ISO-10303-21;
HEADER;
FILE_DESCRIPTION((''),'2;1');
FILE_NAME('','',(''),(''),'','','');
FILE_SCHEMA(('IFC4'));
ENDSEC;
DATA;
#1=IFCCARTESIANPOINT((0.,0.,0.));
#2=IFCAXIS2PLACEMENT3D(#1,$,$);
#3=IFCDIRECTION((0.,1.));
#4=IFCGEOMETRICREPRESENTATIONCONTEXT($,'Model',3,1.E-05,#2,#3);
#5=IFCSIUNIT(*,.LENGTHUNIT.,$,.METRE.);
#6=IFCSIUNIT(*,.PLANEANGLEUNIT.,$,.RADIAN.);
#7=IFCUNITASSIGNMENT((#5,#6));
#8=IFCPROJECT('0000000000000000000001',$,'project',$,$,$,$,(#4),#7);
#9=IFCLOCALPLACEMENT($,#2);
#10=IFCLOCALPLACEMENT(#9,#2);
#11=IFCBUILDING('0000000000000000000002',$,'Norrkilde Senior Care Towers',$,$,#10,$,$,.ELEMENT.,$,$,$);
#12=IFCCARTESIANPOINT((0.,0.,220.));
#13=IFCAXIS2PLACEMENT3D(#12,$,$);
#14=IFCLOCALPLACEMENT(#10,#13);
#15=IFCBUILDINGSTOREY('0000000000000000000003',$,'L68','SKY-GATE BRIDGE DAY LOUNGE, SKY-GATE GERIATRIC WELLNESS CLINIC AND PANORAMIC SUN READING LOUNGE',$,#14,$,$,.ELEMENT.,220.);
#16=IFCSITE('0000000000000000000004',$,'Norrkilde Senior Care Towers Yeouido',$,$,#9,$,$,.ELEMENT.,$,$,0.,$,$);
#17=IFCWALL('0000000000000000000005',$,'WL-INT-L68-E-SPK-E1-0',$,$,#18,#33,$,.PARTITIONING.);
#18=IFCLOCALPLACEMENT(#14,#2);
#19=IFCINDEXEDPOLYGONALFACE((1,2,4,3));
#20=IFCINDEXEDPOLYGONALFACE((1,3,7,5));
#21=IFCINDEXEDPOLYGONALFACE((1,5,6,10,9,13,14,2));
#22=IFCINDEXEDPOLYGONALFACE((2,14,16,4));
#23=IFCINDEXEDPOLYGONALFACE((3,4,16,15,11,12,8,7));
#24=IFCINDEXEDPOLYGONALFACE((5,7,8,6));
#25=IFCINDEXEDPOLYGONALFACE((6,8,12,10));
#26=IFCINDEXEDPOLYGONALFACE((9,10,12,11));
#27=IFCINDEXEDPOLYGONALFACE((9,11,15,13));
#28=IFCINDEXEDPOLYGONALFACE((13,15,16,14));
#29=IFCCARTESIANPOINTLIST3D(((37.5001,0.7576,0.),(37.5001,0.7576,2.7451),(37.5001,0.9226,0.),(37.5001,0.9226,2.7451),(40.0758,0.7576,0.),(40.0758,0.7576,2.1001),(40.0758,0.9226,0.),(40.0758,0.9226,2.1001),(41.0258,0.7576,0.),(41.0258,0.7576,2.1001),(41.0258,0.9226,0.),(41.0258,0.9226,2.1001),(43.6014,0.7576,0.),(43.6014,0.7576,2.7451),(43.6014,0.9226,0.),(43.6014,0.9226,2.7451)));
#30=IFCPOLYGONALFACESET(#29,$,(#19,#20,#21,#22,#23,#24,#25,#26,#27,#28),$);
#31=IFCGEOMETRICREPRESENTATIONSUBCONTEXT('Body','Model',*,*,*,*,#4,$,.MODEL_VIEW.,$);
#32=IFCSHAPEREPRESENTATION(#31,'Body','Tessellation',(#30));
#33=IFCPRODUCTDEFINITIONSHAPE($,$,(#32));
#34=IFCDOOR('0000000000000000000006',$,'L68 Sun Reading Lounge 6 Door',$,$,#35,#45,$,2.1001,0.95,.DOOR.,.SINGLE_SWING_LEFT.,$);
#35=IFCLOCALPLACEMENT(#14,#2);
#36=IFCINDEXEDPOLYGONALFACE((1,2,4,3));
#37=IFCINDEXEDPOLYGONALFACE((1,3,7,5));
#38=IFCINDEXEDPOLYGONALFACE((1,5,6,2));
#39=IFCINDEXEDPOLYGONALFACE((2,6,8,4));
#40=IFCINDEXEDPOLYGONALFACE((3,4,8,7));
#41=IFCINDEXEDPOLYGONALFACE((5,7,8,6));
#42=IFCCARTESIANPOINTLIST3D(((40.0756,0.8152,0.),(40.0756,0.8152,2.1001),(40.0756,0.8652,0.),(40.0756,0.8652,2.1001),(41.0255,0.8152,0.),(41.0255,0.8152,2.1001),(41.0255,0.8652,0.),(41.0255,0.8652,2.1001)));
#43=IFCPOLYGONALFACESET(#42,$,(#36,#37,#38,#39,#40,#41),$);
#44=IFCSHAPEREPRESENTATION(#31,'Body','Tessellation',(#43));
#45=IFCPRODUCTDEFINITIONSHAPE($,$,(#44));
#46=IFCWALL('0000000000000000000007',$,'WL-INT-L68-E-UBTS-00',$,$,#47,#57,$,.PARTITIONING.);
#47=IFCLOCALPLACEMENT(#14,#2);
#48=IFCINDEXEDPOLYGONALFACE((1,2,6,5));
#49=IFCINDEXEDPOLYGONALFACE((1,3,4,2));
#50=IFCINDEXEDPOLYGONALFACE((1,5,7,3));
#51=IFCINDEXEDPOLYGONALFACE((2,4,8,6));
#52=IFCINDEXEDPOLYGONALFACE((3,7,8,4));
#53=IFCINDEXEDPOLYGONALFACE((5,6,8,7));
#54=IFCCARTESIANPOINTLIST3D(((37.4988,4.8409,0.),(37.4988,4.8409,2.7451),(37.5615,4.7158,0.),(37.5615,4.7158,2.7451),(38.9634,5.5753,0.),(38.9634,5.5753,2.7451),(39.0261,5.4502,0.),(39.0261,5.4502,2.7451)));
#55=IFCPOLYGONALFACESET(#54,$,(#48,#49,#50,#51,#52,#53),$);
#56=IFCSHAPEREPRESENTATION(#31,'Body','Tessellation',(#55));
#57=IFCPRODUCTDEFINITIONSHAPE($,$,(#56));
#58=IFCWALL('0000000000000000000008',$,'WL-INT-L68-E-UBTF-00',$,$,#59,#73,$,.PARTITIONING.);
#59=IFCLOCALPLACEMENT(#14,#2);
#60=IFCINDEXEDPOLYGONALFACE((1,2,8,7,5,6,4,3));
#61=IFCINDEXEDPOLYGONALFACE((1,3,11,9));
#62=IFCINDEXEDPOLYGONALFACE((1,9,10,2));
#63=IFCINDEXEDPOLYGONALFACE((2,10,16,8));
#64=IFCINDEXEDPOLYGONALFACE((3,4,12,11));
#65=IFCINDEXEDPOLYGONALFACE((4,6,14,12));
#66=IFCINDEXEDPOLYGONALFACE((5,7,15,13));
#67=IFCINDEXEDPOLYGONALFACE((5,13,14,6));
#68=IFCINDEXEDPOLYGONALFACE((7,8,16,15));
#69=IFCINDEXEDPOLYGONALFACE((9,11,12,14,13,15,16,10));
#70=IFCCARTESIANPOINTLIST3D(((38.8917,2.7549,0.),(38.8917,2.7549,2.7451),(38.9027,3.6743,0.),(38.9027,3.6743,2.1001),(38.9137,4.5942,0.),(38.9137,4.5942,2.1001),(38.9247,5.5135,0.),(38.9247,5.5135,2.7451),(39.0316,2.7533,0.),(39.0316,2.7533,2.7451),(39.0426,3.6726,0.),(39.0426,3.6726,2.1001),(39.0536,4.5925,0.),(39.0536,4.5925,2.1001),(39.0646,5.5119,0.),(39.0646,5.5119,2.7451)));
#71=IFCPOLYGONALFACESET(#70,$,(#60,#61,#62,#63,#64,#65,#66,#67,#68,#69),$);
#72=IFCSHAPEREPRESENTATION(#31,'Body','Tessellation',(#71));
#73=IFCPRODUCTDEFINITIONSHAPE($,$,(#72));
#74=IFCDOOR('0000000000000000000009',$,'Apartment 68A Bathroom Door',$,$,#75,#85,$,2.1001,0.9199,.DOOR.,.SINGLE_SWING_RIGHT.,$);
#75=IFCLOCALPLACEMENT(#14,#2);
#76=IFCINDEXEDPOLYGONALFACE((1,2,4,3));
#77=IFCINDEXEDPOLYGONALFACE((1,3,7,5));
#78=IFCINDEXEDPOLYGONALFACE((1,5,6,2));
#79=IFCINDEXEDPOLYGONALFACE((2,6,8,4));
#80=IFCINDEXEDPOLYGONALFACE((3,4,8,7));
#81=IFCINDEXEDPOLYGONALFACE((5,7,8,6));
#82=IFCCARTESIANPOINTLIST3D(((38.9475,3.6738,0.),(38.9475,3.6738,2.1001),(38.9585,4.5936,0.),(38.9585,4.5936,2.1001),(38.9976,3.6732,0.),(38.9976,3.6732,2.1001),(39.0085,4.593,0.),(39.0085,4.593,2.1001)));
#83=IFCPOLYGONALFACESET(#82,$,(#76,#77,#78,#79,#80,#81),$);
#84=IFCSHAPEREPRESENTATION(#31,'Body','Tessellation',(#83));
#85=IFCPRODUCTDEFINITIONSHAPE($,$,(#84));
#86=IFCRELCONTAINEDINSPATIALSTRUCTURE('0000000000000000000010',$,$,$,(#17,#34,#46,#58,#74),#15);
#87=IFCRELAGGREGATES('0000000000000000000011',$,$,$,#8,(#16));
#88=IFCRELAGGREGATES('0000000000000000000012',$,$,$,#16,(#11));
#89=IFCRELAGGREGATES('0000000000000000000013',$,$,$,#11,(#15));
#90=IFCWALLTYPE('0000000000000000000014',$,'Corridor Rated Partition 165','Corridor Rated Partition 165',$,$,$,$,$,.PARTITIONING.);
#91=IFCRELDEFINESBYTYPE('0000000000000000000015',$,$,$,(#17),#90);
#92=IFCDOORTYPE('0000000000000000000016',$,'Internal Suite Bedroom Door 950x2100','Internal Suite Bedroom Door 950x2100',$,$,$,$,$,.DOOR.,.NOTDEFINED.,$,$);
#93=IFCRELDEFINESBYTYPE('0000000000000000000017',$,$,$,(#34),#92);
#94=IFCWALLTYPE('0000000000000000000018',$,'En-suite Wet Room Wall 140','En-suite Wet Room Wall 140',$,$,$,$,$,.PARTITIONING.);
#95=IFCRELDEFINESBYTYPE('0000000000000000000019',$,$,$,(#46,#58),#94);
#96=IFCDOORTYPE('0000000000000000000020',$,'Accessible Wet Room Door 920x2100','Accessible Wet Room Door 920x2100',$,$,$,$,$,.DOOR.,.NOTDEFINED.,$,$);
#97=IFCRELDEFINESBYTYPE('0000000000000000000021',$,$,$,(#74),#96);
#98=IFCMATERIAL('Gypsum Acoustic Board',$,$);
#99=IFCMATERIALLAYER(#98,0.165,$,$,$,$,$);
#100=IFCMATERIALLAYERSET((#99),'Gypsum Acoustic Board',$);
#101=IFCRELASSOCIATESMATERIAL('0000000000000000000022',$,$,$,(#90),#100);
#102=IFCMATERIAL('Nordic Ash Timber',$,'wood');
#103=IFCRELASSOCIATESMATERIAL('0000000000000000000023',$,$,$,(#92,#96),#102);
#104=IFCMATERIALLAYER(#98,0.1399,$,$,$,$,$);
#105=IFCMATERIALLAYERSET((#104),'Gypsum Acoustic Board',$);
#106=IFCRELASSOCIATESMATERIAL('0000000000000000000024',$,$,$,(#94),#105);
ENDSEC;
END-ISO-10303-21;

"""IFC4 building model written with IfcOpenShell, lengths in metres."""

from ifc_helpers import new_model, si_unit, direction, frame, frame_2d, origin, place, context, subcontext, project, spatial, rectangle, extrude, source, transform, mapped, material, layer, layer_set, type_object, type_shapes, element, fill, save


model = new_model("IFC4")

# Units and contexts
model_context = context("Model", 3, precision=1e-05, world=origin(), true_north=direction((0.0, 1.0)))
body_context = subcontext(model_context, "Body", "Model", "MODEL_VIEW")
ifc_project = project(units=[si_unit("LENGTHUNIT", "METRE"), si_unit("PLANEANGLEUNIT", "RADIAN")], contexts=[model_context])

# Site, building, storey
site_placement = place(None, origin())
site = spatial("IfcSite", under=ifc_project, at=site_placement, Name="Norrkilde Senior Care Towers Yeouido", CompositionType="ELEMENT", RefElevation=0.0)
building_placement = place(site_placement, origin())
building = spatial("IfcBuilding", under=site, at=building_placement, Name="Norrkilde Senior Care Towers", CompositionType="ELEMENT")
storey_placement = place(building_placement, frame((0.0, 0.0, 220.0)))
storey = spatial("IfcBuildingStorey", under=building, at=storey_placement, Name="L68", Description="SKY-GATE BRIDGE DAY LOUNGE, SKY-GATE GERIATRIC WELLNESS CLINIC AND PANORAMIC SUN READING LOUNGE", CompositionType="ELEMENT", Elevation=220.0)

# Shared definitions
ifc_material_1 = material(Name="Gypsum Acoustic Board")
ifc_layer_1 = layer(ifc_material_1, 0.165)
ifc_layer_set_1 = layer_set([ifc_layer_1], Name="Gypsum Acoustic Board")
wall_type_1 = type_object("IfcWallType", Name="Corridor Rated Partition 165", Description="Corridor Rated Partition 165", PredefinedType="PARTITIONING", material=ifc_layer_set_1)

# Wall, opening, door
shared_shape_1 = source(origin(), body_context, "Body", "SweptSolid", [
    extrude(rectangle(XDim=6.1013, YDim=0.165, at=frame_2d((3.0508, 0.0))), origin(), (0.0, 0.0, 1.0), 2.7451),
])
wall_1_placement = place(storey_placement, frame((37.5, 0.8401, 0.0), z_axis=(0.0, 0.0, 1.0), x_axis=(1.0, 0.0, 0.0)))
wall_1 = element("IfcWall", 1, at=wall_1_placement, inside=storey, type_object=wall_type_1, Name="WL-INT-L68-E-SPK-E1-0", PredefinedType="PARTITIONING", context=body_context, shape_type="MappedRepresentation", body=[
    mapped(shared_shape_1, transform((0.0, 0.0, 0.0), x_axis=(1.0, 0.0, 0.0), y_axis=(0.0, 1.0, 0.0), z_axis=(0.0, 0.0, 1.0), scale=1.0)),
])
opening_1_placement = place(wall_1_placement, frame((2.5757, 0.0, 0.0)))
opening_1 = element("IfcOpeningElement", 2, at=opening_1_placement, cuts=wall_1, PredefinedType="OPENING", context=body_context, shape_type="SweptSolid", body=[
    extrude(rectangle(XDim=0.95, YDim=2.1001, at=frame_2d((0.4751, 1.05))), frame((0.0, 0.0925, 0.0), z_axis=(0.0, -1.0, 0.0), x_axis=(1.0, 0.0, 0.0)), (0.0, 0.0, 1.0), 0.1851),
])
ifc_material_2 = material(Name="Nordic Ash Timber", Category="wood")
door_type_1 = type_object("IfcDoorType", Name="Internal Suite Bedroom Door 950x2100", Description="Internal Suite Bedroom Door 950x2100", OperationType="NOTDEFINED", PredefinedType="DOOR", material=ifc_material_2)
shared_shape_2 = source(origin(), body_context, "Body", "SweptSolid", [
    extrude(rectangle(XDim=0.95, YDim=2.1001, at=frame_2d((0.4751, 1.05))), frame((0.0, 0.0249, 0.0), z_axis=(0.0, -1.0, 0.0), x_axis=(1.0, 0.0, 0.0)), (0.0, 0.0, 1.0), 0.05),
])
type_shapes(door_type_1, [shared_shape_2])
door_1_placement = place(opening_1_placement, frame((0.95, 0.0, 0.0), z_axis=(0.0, 0.0, 1.0), x_axis=(-1.0, 0.0, 0.0)))
door_1 = element("IfcDoor", 3, at=door_1_placement, inside=storey, type_object=door_type_1, Name="L68 Sun Reading Lounge 6 Door", OperationType="SINGLE_SWING_LEFT", OverallHeight=2.1001, OverallWidth=0.95, PredefinedType="DOOR", context=body_context, shape_type="MappedRepresentation", body=[
    mapped(shared_shape_2, transform((0.0, 0.0, 0.0), x_axis=(1.0, 0.0, 0.0), y_axis=(0.0, 1.0, 0.0), z_axis=(0.0, 0.0, 1.0), scale=1.0)),
])
fill(opening_1, door_1)

# Wall
ifc_layer_2 = layer(ifc_material_1, 0.1399)
ifc_layer_set_2 = layer_set([ifc_layer_2], Name="Gypsum Acoustic Board")
wall_type_2 = type_object("IfcWallType", Name="En-suite Wet Room Wall 140", Description="En-suite Wet Room Wall 140", PredefinedType="PARTITIONING", material=ifc_layer_set_2)
shared_shape_3 = source(origin(), body_context, "Body", "SweptSolid", [
    extrude(rectangle(XDim=1.6384, YDim=0.1399, at=frame_2d((0.8193, 0.0))), origin(), (0.0, 0.0, 1.0), 2.7451),
])
wall_2_placement = place(storey_placement, frame((37.53, 4.7783, 0.0), z_axis=(0.0, 0.0, 1.0), x_axis=(0.89392, 0.448227, 0.0)))
element("IfcWall", 4, at=wall_2_placement, inside=storey, type_object=wall_type_2, Name="WL-INT-L68-E-UBTS-00", PredefinedType="PARTITIONING", context=body_context, shape_type="MappedRepresentation", body=[
    mapped(shared_shape_3, transform((0.0, 0.0, 0.0), x_axis=(1.0, 0.0, 0.0), y_axis=(0.0, 1.0, 0.0), z_axis=(0.0, 0.0, 1.0), scale=1.0)),
])

# Wall, opening, door
shared_shape_4 = source(origin(), body_context, "Body", "SweptSolid", [
    extrude(rectangle(XDim=2.7588, YDim=0.1399, at=frame_2d((1.3794, 0.0))), origin(), (0.0, 0.0, 1.0), 2.7451),
])
type_shapes(wall_type_2, [shared_shape_3, shared_shape_4])
wall_3_placement = place(storey_placement, frame((38.9946, 5.5127, 0.0), z_axis=(0.0, 0.0, 1.0), x_axis=(-0.011947, -0.999929, 0.0)))
wall_3 = element("IfcWall", 5, at=wall_3_placement, inside=storey, type_object=wall_type_2, Name="WL-INT-L68-E-UBTF-00", PredefinedType="PARTITIONING", context=body_context, shape_type="MappedRepresentation", body=[
    mapped(shared_shape_4, transform((0.0, 0.0, 0.0), x_axis=(1.0, 0.0, 0.0), y_axis=(0.0, 1.0, 0.0), z_axis=(0.0, 0.0, 1.0), scale=1.0)),
])
opening_2_placement = place(wall_3_placement, frame((0.9194, 0.0, 0.0)))
opening_2 = element("IfcOpeningElement", 6, at=opening_2_placement, cuts=wall_3, PredefinedType="OPENING", context=body_context, shape_type="SweptSolid", body=[
    extrude(rectangle(XDim=0.9199, YDim=2.1001, at=frame_2d((0.46, 1.05))), frame((0.0, 0.0798, 0.0), z_axis=(0.0, -1.0, 0.0), x_axis=(1.0, 0.0, 0.0)), (0.0, 0.0, 1.0), 0.1599),
])
door_type_2 = type_object("IfcDoorType", Name="Accessible Wet Room Door 920x2100", Description="Accessible Wet Room Door 920x2100", OperationType="NOTDEFINED", PredefinedType="DOOR", material=ifc_material_2)
shared_shape_5 = source(origin(), body_context, "Body", "SweptSolid", [
    extrude(rectangle(XDim=0.9199, YDim=2.1001, at=frame_2d((0.46, 1.05))), frame((0.0, 0.0249, 0.0), z_axis=(0.0, -1.0, 0.0), x_axis=(1.0, 0.0, 0.0)), (0.0, 0.0, 1.0), 0.05),
])
type_shapes(door_type_2, [shared_shape_5])
door_2_placement = place(opening_2_placement, origin())
door_2 = element("IfcDoor", 7, at=door_2_placement, inside=storey, type_object=door_type_2, Name="Apartment 68A Bathroom Door", OperationType="SINGLE_SWING_RIGHT", OverallHeight=2.1001, OverallWidth=0.9199, PredefinedType="DOOR", context=body_context, shape_type="MappedRepresentation", body=[
    mapped(shared_shape_5, transform((0.0, 0.0, 0.0), x_axis=(1.0, 0.0, 0.0), y_axis=(0.0, 1.0, 0.0), z_axis=(0.0, 0.0, 1.0), scale=1.0)),
])
fill(opening_2, door_2)

save(model, "model.ifc")
